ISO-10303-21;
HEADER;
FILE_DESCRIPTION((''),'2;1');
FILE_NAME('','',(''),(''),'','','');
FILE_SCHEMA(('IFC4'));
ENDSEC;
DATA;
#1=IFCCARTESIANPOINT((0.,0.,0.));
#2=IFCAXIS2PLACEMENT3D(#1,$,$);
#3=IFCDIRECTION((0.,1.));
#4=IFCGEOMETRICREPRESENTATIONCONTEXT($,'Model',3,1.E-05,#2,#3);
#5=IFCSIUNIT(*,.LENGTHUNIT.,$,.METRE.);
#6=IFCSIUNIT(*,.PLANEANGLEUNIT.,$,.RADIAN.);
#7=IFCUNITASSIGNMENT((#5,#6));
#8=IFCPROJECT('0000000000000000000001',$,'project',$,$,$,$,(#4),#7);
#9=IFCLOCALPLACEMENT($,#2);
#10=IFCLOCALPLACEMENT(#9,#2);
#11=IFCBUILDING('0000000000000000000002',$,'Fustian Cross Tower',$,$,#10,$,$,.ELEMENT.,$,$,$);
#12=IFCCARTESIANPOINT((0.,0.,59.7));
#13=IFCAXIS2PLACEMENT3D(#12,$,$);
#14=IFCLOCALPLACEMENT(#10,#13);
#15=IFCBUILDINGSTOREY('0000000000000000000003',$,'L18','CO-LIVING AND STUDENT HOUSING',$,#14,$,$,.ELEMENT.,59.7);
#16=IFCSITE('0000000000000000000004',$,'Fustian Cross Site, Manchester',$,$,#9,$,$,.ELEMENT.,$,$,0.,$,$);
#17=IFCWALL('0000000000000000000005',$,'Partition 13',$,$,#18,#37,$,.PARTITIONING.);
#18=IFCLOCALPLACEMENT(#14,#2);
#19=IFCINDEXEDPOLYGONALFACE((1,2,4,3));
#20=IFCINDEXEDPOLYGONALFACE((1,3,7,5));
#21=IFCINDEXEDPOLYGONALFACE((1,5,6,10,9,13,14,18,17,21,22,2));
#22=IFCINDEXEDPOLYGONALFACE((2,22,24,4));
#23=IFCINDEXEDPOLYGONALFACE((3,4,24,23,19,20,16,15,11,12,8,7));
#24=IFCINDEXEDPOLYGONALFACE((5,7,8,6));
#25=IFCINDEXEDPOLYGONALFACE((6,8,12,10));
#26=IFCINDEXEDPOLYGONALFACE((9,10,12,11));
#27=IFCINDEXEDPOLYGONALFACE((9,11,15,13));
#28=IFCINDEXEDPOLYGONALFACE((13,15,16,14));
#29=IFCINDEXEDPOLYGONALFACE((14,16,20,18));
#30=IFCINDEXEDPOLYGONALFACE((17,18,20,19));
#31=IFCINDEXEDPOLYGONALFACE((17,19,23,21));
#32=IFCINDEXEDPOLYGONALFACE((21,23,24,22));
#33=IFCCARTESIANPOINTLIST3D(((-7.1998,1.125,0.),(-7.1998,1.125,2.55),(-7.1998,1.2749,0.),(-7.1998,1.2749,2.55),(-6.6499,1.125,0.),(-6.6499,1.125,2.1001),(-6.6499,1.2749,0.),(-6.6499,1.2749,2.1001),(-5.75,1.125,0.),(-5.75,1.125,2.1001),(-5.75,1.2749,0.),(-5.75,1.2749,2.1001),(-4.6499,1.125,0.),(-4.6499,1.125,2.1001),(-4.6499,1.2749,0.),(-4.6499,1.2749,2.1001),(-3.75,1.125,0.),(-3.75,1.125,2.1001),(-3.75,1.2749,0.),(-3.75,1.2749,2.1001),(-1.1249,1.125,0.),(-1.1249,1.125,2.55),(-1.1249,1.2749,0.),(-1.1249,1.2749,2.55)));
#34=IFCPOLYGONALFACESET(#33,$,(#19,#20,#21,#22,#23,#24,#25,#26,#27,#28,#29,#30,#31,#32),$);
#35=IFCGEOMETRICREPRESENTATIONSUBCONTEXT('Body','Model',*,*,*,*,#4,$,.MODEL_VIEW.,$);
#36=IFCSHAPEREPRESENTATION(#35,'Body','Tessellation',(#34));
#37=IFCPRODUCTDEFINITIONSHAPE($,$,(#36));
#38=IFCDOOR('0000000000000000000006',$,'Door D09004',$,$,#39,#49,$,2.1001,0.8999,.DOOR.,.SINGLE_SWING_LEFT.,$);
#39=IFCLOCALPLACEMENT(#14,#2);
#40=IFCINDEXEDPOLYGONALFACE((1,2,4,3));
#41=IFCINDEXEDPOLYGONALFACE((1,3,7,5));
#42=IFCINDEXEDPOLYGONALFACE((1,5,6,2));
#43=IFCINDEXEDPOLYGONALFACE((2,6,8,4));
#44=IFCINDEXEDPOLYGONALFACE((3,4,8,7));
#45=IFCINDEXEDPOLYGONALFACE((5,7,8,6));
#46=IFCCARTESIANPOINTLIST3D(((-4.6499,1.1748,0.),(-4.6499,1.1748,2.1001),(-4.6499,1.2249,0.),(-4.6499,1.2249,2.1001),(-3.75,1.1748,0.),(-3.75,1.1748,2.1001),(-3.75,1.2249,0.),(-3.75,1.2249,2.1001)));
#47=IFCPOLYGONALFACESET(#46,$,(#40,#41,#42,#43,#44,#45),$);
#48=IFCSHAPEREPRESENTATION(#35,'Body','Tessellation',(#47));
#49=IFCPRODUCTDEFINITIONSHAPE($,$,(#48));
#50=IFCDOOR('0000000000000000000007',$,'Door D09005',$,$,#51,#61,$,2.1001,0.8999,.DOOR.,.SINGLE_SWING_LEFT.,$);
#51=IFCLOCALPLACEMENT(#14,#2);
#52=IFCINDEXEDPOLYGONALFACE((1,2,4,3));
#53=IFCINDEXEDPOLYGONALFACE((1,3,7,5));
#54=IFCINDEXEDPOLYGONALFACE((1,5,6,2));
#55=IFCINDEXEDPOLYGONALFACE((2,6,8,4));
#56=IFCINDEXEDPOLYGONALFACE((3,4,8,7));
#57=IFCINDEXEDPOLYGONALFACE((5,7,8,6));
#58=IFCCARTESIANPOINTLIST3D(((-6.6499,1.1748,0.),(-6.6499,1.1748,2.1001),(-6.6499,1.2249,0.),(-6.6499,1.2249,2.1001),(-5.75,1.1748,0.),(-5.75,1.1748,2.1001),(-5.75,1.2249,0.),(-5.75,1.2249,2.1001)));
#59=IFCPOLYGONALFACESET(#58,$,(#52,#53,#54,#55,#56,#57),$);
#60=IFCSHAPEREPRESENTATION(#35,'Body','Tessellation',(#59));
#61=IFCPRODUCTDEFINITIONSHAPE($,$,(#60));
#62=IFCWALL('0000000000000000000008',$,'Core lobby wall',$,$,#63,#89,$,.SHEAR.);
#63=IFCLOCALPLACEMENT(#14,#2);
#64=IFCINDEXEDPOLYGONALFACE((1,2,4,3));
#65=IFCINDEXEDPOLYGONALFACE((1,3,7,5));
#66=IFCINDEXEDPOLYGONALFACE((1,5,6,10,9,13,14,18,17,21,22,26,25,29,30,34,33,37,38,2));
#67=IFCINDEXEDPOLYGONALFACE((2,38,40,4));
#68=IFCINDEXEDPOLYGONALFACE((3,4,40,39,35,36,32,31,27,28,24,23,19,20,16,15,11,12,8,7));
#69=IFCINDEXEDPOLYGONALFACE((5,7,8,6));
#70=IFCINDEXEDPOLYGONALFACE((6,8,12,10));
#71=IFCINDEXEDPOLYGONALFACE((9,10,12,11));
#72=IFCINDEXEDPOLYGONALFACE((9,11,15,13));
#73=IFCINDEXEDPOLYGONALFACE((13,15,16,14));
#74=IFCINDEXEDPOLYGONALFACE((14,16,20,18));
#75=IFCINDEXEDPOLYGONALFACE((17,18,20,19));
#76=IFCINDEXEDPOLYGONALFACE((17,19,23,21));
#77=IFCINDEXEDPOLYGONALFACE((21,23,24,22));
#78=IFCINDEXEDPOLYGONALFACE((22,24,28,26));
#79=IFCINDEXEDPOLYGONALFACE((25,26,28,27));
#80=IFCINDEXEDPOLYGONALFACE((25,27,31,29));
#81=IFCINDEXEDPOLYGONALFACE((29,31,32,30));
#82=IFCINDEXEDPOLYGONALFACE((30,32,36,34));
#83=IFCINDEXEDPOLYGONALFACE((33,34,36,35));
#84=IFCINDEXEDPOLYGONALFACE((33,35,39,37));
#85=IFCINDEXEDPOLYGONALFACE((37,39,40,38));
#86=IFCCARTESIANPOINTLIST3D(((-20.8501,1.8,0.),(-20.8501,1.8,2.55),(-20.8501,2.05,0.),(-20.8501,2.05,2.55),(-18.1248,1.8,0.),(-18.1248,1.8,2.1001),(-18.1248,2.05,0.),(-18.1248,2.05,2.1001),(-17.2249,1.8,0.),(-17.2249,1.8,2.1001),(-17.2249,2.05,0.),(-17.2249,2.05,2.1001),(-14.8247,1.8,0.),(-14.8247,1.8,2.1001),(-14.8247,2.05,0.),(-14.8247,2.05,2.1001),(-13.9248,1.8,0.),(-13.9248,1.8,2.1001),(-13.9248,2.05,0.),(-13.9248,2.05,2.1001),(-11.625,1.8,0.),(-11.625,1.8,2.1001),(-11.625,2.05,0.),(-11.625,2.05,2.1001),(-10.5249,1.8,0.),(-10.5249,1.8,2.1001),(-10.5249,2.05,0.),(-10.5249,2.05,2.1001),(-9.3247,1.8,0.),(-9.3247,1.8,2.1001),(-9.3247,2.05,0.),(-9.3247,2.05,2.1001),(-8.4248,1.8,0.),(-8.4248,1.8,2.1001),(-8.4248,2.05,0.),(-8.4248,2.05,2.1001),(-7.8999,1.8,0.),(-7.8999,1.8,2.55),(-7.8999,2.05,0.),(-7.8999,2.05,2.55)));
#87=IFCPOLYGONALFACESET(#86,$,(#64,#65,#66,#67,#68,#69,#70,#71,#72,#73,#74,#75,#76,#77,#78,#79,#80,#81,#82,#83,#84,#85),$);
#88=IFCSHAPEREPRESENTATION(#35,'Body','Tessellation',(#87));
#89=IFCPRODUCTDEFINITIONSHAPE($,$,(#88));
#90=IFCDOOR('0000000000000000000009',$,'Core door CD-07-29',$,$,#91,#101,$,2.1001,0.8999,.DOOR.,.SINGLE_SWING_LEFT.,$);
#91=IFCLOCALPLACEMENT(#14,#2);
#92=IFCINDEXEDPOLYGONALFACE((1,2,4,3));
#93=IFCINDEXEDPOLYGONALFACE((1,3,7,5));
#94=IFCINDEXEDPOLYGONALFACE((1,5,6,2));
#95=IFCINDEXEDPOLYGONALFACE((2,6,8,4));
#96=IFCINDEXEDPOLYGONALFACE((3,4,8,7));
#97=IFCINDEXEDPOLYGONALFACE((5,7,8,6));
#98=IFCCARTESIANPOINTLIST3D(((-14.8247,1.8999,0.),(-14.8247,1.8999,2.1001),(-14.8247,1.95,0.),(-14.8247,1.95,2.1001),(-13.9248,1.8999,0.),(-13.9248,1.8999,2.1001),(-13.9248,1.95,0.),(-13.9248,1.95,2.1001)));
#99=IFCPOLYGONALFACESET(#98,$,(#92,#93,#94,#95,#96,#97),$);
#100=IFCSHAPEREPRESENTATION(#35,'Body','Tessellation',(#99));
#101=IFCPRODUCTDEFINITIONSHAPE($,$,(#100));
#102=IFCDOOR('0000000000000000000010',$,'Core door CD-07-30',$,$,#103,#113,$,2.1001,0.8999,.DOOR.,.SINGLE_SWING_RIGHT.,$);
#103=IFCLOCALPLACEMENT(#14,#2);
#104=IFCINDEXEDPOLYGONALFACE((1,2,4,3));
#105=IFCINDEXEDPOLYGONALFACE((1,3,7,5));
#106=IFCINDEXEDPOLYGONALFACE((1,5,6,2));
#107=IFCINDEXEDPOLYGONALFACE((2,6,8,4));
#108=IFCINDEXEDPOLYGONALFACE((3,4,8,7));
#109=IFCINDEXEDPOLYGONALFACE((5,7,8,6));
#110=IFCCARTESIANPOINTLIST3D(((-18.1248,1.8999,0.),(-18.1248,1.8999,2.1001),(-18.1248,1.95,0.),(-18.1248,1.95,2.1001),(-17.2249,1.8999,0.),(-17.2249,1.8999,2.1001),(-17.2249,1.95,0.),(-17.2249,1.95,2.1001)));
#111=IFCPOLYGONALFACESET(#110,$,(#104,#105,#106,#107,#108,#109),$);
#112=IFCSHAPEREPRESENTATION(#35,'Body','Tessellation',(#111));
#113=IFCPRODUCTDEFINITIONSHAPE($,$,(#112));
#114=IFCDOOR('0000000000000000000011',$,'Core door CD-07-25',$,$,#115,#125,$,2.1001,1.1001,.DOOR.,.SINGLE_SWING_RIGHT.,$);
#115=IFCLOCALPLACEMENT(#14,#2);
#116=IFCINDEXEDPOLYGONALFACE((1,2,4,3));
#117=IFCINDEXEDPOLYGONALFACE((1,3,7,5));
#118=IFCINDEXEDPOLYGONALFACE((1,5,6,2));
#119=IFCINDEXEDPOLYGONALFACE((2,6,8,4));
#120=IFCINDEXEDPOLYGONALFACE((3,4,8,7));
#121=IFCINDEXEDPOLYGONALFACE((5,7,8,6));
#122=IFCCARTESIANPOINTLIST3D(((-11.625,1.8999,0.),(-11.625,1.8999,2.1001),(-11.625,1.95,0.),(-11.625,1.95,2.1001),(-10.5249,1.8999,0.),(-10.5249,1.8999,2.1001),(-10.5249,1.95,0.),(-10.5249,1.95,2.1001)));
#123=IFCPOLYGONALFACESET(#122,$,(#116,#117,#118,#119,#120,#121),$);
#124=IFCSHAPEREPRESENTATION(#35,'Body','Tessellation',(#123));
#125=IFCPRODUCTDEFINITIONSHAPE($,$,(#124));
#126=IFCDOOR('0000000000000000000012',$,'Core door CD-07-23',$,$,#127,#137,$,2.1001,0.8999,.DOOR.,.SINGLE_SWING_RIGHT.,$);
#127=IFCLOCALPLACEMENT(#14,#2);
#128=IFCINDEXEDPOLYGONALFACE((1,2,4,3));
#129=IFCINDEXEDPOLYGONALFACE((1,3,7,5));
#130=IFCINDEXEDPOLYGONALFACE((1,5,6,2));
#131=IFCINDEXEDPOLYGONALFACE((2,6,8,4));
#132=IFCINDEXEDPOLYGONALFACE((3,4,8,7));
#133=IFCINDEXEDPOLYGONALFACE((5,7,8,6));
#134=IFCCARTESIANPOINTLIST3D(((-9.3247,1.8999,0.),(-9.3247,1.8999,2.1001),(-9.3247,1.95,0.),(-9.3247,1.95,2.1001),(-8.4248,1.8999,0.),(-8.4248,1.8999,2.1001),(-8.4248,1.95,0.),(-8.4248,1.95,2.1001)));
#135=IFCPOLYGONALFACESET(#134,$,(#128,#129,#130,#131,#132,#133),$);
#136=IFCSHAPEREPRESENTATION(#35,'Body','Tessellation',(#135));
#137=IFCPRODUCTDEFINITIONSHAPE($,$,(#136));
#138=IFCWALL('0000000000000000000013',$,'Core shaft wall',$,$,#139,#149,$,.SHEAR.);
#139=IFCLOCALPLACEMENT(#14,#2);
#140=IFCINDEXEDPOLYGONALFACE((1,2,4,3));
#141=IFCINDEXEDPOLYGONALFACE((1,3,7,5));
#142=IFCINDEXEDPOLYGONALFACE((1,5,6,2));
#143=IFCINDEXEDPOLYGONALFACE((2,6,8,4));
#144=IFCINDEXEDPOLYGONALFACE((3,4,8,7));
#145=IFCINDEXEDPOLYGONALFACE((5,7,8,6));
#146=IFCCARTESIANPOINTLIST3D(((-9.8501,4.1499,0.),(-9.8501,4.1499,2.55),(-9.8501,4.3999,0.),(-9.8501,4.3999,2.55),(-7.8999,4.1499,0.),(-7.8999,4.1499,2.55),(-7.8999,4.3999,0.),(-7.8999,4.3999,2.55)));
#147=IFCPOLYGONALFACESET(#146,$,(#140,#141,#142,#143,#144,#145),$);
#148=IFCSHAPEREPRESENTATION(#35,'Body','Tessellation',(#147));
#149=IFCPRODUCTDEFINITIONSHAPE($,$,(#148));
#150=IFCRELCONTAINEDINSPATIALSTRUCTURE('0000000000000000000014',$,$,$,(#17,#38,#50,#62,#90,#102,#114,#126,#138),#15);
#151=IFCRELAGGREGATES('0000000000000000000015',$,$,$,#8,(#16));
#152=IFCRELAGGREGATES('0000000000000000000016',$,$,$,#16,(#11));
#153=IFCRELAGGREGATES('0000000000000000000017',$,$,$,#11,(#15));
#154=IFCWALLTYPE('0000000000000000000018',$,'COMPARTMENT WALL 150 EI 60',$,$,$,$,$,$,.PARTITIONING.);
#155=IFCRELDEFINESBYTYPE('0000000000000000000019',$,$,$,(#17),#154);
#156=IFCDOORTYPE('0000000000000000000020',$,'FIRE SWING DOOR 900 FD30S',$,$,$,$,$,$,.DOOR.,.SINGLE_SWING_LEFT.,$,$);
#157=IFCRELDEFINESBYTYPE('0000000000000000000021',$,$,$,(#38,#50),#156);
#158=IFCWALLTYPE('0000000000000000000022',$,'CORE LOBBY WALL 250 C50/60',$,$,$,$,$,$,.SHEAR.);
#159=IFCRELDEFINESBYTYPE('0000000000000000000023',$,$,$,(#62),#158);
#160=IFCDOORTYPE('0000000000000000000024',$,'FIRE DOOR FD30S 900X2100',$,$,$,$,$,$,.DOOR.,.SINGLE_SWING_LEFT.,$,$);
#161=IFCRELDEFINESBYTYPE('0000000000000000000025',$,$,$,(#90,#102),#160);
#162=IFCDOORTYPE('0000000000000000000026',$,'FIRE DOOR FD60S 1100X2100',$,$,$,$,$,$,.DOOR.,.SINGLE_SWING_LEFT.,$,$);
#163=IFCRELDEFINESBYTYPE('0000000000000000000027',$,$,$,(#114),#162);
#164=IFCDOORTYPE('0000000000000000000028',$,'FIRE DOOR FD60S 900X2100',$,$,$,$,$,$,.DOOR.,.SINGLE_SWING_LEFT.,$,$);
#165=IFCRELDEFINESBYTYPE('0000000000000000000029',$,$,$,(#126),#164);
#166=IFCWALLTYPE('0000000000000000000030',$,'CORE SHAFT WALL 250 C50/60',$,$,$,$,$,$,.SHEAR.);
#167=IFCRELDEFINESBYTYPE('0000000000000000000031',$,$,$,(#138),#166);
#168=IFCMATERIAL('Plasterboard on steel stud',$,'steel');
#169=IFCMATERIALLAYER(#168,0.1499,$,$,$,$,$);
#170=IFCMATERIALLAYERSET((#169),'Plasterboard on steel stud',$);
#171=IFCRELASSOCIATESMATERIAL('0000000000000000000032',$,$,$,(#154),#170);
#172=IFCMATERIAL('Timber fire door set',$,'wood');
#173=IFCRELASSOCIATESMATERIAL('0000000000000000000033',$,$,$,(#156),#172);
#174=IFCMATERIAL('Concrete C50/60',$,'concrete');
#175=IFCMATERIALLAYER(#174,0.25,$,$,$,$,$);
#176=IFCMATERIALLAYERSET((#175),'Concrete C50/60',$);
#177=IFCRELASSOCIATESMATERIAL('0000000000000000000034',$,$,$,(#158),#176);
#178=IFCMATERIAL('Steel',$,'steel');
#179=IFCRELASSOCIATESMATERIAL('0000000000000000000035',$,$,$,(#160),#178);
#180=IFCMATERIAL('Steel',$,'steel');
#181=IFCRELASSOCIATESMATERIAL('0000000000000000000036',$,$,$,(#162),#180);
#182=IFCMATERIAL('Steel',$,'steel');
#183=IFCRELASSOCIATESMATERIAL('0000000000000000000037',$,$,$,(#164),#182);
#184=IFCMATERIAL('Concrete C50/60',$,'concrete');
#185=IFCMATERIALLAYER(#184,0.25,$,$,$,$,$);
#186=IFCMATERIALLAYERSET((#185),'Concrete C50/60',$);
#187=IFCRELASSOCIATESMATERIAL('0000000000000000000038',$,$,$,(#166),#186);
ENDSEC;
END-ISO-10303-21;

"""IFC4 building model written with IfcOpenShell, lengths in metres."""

from ifc_helpers import new_model, si_unit, direction, frame, frame_2d, origin, place, context, subcontext, project, spatial, rectangle, extrude, material, layer, layer_set, type_object, element, fill, save


model = new_model("IFC4")

# Units and contexts
model_context = context("Model", 3, precision=1e-05, world=origin(), true_north=direction((0.0, 1.0)))
body_context = subcontext(model_context, "Body", "Model", "MODEL_VIEW")
ifc_project = project(units=[si_unit("LENGTHUNIT", "METRE"), si_unit("PLANEANGLEUNIT", "RADIAN")], contexts=[model_context])

# Site, building, storey
site_placement = place(None, origin())
site = spatial("IfcSite", under=ifc_project, at=site_placement, Name="Fustian Cross Site, Manchester", CompositionType="ELEMENT", RefElevation=0.0)
building_placement = place(site_placement, origin())
building = spatial("IfcBuilding", under=site, at=building_placement, Name="Fustian Cross Tower", CompositionType="ELEMENT")
storey_placement = place(building_placement, frame((0.0, 0.0, 59.7)))
storey = spatial("IfcBuildingStorey", under=building, at=storey_placement, Name="L18", Description="CO-LIVING AND STUDENT HOUSING", CompositionType="ELEMENT", Elevation=59.7)

# Walls, openings, doors
ifc_material_1 = material(Name="Plasterboard on steel stud", Category="steel")
ifc_layer_1 = layer(ifc_material_1, 0.1499)
ifc_layer_set_1 = layer_set([ifc_layer_1], Name="Plasterboard on steel stud")
wall_type_1 = type_object("IfcWallType", Name="COMPARTMENT WALL 150 EI 60", PredefinedType="PARTITIONING", material=ifc_layer_set_1)
wall_1_placement = place(storey_placement, frame((-7.2, 1.2, 0.0), z_axis=(0.0, 0.0, 1.0), x_axis=(1.0, 0.0, 0.0)))
wall_1 = element("IfcWall", 1, at=wall_1_placement, inside=storey, type_object=wall_type_1, Name="Partition 13", PredefinedType="PARTITIONING", context=body_context, shape_type="SweptSolid", body=[
    extrude(rectangle(XDim=6.075, YDim=0.1499, at=frame_2d((3.0376, 0.0))), origin(), (0.0, 0.0, 1.0), 2.55),
])
opening_1_placement = place(wall_1_placement, frame((2.55, 0.0, 0.0)))
opening_1 = element("IfcOpeningElement", 2, at=opening_1_placement, cuts=wall_1, PredefinedType="OPENING", context=body_context, shape_type="SweptSolid", body=[
    extrude(rectangle(XDim=0.8999, YDim=2.1001, at=frame_2d((0.45, 1.05))), frame((0.0, 0.085, 0.0), z_axis=(0.0, -1.0, 0.0), x_axis=(1.0, 0.0, 0.0)), (0.0, 0.0, 1.0), 0.1699),
])
opening_2_placement = place(wall_1_placement, frame((0.55, 0.0, 0.0)))
opening_2 = element("IfcOpeningElement", 3, at=opening_2_placement, cuts=wall_1, PredefinedType="OPENING", context=body_context, shape_type="SweptSolid", body=[
    extrude(rectangle(XDim=0.8999, YDim=2.1001, at=frame_2d((0.45, 1.05))), frame((0.0, 0.085, 0.0), z_axis=(0.0, -1.0, 0.0), x_axis=(1.0, 0.0, 0.0)), (0.0, 0.0, 1.0), 0.1699),
])
ifc_material_2 = material(Name="Timber fire door set", Category="wood")
door_type_1 = type_object("IfcDoorType", Name="FIRE SWING DOOR 900 FD30S", OperationType="SINGLE_SWING_LEFT", PredefinedType="DOOR", material=ifc_material_2)
door_1_placement = place(opening_1_placement, origin())
door_1 = element("IfcDoor", 4, at=door_1_placement, inside=storey, type_object=door_type_1, Name="Door D09004", OperationType="SINGLE_SWING_LEFT", OverallHeight=2.1001, OverallWidth=0.8999, PredefinedType="DOOR", context=body_context, shape_type="SweptSolid", body=[
    extrude(rectangle(XDim=0.8999, YDim=2.1001, at=frame_2d((0.45, 1.05))), frame((0.0, 0.0249, 0.0), z_axis=(0.0, -1.0, 0.0), x_axis=(1.0, 0.0, 0.0)), (0.0, 0.0, 1.0), 0.05),
])
fill(opening_1, door_1)
door_2_placement = place(opening_2_placement, origin())
door_2 = element("IfcDoor", 5, at=door_2_placement, inside=storey, type_object=door_type_1, Name="Door D09005", OperationType="SINGLE_SWING_LEFT", OverallHeight=2.1001, OverallWidth=0.8999, PredefinedType="DOOR", context=body_context, shape_type="SweptSolid", body=[
    extrude(rectangle(XDim=0.8999, YDim=2.1001, at=frame_2d((0.45, 1.05))), frame((0.0, 0.0249, 0.0), z_axis=(0.0, -1.0, 0.0), x_axis=(1.0, 0.0, 0.0)), (0.0, 0.0, 1.0), 0.05),
])
fill(opening_2, door_2)
ifc_material_3 = material(Name="Concrete C50/60", Category="concrete")
ifc_layer_2 = layer(ifc_material_3, 0.25)
ifc_layer_set_2 = layer_set([ifc_layer_2], Name="Concrete C50/60")
wall_type_2 = type_object("IfcWallType", Name="CORE LOBBY WALL 250 C50/60", PredefinedType="SHEAR", material=ifc_layer_set_2)
wall_2_placement = place(storey_placement, frame((-7.8999, 1.925, 0.0), z_axis=(0.0, 0.0, 1.0), x_axis=(-1.0, 0.0, 0.0)))
wall_2 = element("IfcWall", 6, at=wall_2_placement, inside=storey, type_object=wall_type_2, Name="Core lobby wall", PredefinedType="SHEAR", context=body_context, shape_type="SweptSolid", body=[
    extrude(rectangle(XDim=12.9502, YDim=0.25, at=frame_2d((6.4751, 0.0))), origin(), (0.0, 0.0, 1.0), 2.55),
])
opening_3_placement = place(wall_2_placement, frame((0.5249, 0.0, 0.0)))
opening_3 = element("IfcOpeningElement", 7, at=opening_3_placement, cuts=wall_2, PredefinedType="OPENING", context=body_context, shape_type="SweptSolid", body=[
    extrude(rectangle(XDim=0.8999, YDim=2.1001, at=frame_2d((0.45, 1.05))), frame((0.0, 0.135, 0.0), z_axis=(0.0, -1.0, 0.0), x_axis=(1.0, 0.0, 0.0)), (0.0, 0.0, 1.0), 0.27),
])
opening_4_placement = place(wall_2_placement, frame((2.625, 0.0, 0.0)))
opening_4 = element("IfcOpeningElement", 8, at=opening_4_placement, cuts=wall_2, PredefinedType="OPENING", context=body_context, shape_type="SweptSolid", body=[
    extrude(rectangle(XDim=1.1001, YDim=2.1001, at=frame_2d((0.55, 1.05))), frame((0.0, 0.135, 0.0), z_axis=(0.0, -1.0, 0.0), x_axis=(1.0, 0.0, 0.0)), (0.0, 0.0, 1.0), 0.27),
])
opening_5_placement = place(wall_2_placement, frame((6.0249, 0.0, 0.0)))
opening_5 = element("IfcOpeningElement", 9, at=opening_5_placement, cuts=wall_2, PredefinedType="OPENING", context=body_context, shape_type="SweptSolid", body=[
    extrude(rectangle(XDim=0.8999, YDim=2.1001, at=frame_2d((0.45, 1.05))), frame((0.0, 0.135, 0.0), z_axis=(0.0, -1.0, 0.0), x_axis=(1.0, 0.0, 0.0)), (0.0, 0.0, 1.0), 0.27),
])
opening_6_placement = place(wall_2_placement, frame((9.325, 0.0, 0.0)))
opening_6 = element("IfcOpeningElement", 10, at=opening_6_placement, cuts=wall_2, PredefinedType="OPENING", context=body_context, shape_type="SweptSolid", body=[
    extrude(rectangle(XDim=0.8999, YDim=2.1001, at=frame_2d((0.45, 1.05))), frame((0.0, 0.135, 0.0), z_axis=(0.0, -1.0, 0.0), x_axis=(1.0, 0.0, 0.0)), (0.0, 0.0, 1.0), 0.27),
])
ifc_material_4 = material(Name="Steel", Category="steel")
door_type_2 = type_object("IfcDoorType", Name="FIRE DOOR FD30S 900X2100", OperationType="SINGLE_SWING_LEFT", PredefinedType="DOOR", material=ifc_material_4)
door_3_placement = place(opening_5_placement, frame((0.8999, 0.0, 0.0), z_axis=(0.0, 0.0, 1.0), x_axis=(-1.0, 0.0, 0.0)))
door_3 = element("IfcDoor", 11, at=door_3_placement, inside=storey, type_object=door_type_2, Name="Core door CD-07-29", OperationType="SINGLE_SWING_LEFT", OverallHeight=2.1001, OverallWidth=0.8999, PredefinedType="DOOR", context=body_context, shape_type="SweptSolid", body=[
    extrude(rectangle(XDim=0.8999, YDim=2.1001, at=frame_2d((0.45, 1.05))), frame((0.0, 0.0249, 0.0), z_axis=(0.0, -1.0, 0.0), x_axis=(1.0, 0.0, 0.0)), (0.0, 0.0, 1.0), 0.05),
])
fill(opening_5, door_3)
door_4_placement = place(opening_6_placement, frame((0.8999, 0.0, 0.0), z_axis=(0.0, 0.0, 1.0), x_axis=(-1.0, 0.0, 0.0)))
door_4 = element("IfcDoor", 12, at=door_4_placement, inside=storey, type_object=door_type_2, Name="Core door CD-07-30", OperationType="SINGLE_SWING_RIGHT", OverallHeight=2.1001, OverallWidth=0.8999, PredefinedType="DOOR", context=body_context, shape_type="SweptSolid", body=[
    extrude(rectangle(XDim=0.8999, YDim=2.1001, at=frame_2d((0.45, 1.05))), frame((0.0, 0.0249, 0.0), z_axis=(0.0, -1.0, 0.0), x_axis=(1.0, 0.0, 0.0)), (0.0, 0.0, 1.0), 0.05),
])
fill(opening_6, door_4)
ifc_material_5 = material(Name="Steel", Category="steel")
door_type_3 = type_object("IfcDoorType", Name="FIRE DOOR FD60S 1100X2100", OperationType="SINGLE_SWING_LEFT", PredefinedType="DOOR", material=ifc_material_5)
door_5_placement = place(opening_4_placement, frame((1.1001, 0.0, 0.0), z_axis=(0.0, 0.0, 1.0), x_axis=(-1.0, 0.0, 0.0)))
door_5 = element("IfcDoor", 13, at=door_5_placement, inside=storey, type_object=door_type_3, Name="Core door CD-07-25", OperationType="SINGLE_SWING_RIGHT", OverallHeight=2.1001, OverallWidth=1.1001, PredefinedType="DOOR", context=body_context, shape_type="SweptSolid", body=[
    extrude(rectangle(XDim=1.1001, YDim=2.1001, at=frame_2d((0.55, 1.05))), frame((0.0, 0.0249, 0.0), z_axis=(0.0, -1.0, 0.0), x_axis=(1.0, 0.0, 0.0)), (0.0, 0.0, 1.0), 0.05),
])
fill(opening_4, door_5)
ifc_material_6 = material(Name="Steel", Category="steel")
door_type_4 = type_object("IfcDoorType", Name="FIRE DOOR FD60S 900X2100", OperationType="SINGLE_SWING_LEFT", PredefinedType="DOOR", material=ifc_material_6)
door_6_placement = place(opening_3_placement, frame((0.8999, 0.0, 0.0), z_axis=(0.0, 0.0, 1.0), x_axis=(-1.0, 0.0, 0.0)))
door_6 = element("IfcDoor", 14, at=door_6_placement, inside=storey, type_object=door_type_4, Name="Core door CD-07-23", OperationType="SINGLE_SWING_RIGHT", OverallHeight=2.1001, OverallWidth=0.8999, PredefinedType="DOOR", context=body_context, shape_type="SweptSolid", body=[
    extrude(rectangle(XDim=0.8999, YDim=2.1001, at=frame_2d((0.45, 1.05))), frame((0.0, 0.0249, 0.0), z_axis=(0.0, -1.0, 0.0), x_axis=(1.0, 0.0, 0.0)), (0.0, 0.0, 1.0), 0.05),
])
fill(opening_3, door_6)

# Wall
ifc_material_7 = material(Name="Concrete C50/60", Category="concrete")
ifc_layer_3 = layer(ifc_material_7, 0.25)
ifc_layer_set_3 = layer_set([ifc_layer_3], Name="Concrete C50/60")
wall_type_3 = type_object("IfcWallType", Name="CORE SHAFT WALL 250 C50/60", PredefinedType="SHEAR", material=ifc_layer_set_3)
wall_3_placement = place(storey_placement, frame((-7.8999, 4.2749, 0.0), z_axis=(0.0, 0.0, 1.0), x_axis=(-1.0, 0.0, 0.0)))
element("IfcWall", 15, at=wall_3_placement, inside=storey, type_object=wall_type_3, Name="Core shaft wall", PredefinedType="SHEAR", context=body_context, shape_type="SweptSolid", body=[
    extrude(rectangle(XDim=1.9502, YDim=0.25, at=frame_2d((0.9751, 0.0))), origin(), (0.0, 0.0, 1.0), 2.55),
])

save(model, "model.ifc")
